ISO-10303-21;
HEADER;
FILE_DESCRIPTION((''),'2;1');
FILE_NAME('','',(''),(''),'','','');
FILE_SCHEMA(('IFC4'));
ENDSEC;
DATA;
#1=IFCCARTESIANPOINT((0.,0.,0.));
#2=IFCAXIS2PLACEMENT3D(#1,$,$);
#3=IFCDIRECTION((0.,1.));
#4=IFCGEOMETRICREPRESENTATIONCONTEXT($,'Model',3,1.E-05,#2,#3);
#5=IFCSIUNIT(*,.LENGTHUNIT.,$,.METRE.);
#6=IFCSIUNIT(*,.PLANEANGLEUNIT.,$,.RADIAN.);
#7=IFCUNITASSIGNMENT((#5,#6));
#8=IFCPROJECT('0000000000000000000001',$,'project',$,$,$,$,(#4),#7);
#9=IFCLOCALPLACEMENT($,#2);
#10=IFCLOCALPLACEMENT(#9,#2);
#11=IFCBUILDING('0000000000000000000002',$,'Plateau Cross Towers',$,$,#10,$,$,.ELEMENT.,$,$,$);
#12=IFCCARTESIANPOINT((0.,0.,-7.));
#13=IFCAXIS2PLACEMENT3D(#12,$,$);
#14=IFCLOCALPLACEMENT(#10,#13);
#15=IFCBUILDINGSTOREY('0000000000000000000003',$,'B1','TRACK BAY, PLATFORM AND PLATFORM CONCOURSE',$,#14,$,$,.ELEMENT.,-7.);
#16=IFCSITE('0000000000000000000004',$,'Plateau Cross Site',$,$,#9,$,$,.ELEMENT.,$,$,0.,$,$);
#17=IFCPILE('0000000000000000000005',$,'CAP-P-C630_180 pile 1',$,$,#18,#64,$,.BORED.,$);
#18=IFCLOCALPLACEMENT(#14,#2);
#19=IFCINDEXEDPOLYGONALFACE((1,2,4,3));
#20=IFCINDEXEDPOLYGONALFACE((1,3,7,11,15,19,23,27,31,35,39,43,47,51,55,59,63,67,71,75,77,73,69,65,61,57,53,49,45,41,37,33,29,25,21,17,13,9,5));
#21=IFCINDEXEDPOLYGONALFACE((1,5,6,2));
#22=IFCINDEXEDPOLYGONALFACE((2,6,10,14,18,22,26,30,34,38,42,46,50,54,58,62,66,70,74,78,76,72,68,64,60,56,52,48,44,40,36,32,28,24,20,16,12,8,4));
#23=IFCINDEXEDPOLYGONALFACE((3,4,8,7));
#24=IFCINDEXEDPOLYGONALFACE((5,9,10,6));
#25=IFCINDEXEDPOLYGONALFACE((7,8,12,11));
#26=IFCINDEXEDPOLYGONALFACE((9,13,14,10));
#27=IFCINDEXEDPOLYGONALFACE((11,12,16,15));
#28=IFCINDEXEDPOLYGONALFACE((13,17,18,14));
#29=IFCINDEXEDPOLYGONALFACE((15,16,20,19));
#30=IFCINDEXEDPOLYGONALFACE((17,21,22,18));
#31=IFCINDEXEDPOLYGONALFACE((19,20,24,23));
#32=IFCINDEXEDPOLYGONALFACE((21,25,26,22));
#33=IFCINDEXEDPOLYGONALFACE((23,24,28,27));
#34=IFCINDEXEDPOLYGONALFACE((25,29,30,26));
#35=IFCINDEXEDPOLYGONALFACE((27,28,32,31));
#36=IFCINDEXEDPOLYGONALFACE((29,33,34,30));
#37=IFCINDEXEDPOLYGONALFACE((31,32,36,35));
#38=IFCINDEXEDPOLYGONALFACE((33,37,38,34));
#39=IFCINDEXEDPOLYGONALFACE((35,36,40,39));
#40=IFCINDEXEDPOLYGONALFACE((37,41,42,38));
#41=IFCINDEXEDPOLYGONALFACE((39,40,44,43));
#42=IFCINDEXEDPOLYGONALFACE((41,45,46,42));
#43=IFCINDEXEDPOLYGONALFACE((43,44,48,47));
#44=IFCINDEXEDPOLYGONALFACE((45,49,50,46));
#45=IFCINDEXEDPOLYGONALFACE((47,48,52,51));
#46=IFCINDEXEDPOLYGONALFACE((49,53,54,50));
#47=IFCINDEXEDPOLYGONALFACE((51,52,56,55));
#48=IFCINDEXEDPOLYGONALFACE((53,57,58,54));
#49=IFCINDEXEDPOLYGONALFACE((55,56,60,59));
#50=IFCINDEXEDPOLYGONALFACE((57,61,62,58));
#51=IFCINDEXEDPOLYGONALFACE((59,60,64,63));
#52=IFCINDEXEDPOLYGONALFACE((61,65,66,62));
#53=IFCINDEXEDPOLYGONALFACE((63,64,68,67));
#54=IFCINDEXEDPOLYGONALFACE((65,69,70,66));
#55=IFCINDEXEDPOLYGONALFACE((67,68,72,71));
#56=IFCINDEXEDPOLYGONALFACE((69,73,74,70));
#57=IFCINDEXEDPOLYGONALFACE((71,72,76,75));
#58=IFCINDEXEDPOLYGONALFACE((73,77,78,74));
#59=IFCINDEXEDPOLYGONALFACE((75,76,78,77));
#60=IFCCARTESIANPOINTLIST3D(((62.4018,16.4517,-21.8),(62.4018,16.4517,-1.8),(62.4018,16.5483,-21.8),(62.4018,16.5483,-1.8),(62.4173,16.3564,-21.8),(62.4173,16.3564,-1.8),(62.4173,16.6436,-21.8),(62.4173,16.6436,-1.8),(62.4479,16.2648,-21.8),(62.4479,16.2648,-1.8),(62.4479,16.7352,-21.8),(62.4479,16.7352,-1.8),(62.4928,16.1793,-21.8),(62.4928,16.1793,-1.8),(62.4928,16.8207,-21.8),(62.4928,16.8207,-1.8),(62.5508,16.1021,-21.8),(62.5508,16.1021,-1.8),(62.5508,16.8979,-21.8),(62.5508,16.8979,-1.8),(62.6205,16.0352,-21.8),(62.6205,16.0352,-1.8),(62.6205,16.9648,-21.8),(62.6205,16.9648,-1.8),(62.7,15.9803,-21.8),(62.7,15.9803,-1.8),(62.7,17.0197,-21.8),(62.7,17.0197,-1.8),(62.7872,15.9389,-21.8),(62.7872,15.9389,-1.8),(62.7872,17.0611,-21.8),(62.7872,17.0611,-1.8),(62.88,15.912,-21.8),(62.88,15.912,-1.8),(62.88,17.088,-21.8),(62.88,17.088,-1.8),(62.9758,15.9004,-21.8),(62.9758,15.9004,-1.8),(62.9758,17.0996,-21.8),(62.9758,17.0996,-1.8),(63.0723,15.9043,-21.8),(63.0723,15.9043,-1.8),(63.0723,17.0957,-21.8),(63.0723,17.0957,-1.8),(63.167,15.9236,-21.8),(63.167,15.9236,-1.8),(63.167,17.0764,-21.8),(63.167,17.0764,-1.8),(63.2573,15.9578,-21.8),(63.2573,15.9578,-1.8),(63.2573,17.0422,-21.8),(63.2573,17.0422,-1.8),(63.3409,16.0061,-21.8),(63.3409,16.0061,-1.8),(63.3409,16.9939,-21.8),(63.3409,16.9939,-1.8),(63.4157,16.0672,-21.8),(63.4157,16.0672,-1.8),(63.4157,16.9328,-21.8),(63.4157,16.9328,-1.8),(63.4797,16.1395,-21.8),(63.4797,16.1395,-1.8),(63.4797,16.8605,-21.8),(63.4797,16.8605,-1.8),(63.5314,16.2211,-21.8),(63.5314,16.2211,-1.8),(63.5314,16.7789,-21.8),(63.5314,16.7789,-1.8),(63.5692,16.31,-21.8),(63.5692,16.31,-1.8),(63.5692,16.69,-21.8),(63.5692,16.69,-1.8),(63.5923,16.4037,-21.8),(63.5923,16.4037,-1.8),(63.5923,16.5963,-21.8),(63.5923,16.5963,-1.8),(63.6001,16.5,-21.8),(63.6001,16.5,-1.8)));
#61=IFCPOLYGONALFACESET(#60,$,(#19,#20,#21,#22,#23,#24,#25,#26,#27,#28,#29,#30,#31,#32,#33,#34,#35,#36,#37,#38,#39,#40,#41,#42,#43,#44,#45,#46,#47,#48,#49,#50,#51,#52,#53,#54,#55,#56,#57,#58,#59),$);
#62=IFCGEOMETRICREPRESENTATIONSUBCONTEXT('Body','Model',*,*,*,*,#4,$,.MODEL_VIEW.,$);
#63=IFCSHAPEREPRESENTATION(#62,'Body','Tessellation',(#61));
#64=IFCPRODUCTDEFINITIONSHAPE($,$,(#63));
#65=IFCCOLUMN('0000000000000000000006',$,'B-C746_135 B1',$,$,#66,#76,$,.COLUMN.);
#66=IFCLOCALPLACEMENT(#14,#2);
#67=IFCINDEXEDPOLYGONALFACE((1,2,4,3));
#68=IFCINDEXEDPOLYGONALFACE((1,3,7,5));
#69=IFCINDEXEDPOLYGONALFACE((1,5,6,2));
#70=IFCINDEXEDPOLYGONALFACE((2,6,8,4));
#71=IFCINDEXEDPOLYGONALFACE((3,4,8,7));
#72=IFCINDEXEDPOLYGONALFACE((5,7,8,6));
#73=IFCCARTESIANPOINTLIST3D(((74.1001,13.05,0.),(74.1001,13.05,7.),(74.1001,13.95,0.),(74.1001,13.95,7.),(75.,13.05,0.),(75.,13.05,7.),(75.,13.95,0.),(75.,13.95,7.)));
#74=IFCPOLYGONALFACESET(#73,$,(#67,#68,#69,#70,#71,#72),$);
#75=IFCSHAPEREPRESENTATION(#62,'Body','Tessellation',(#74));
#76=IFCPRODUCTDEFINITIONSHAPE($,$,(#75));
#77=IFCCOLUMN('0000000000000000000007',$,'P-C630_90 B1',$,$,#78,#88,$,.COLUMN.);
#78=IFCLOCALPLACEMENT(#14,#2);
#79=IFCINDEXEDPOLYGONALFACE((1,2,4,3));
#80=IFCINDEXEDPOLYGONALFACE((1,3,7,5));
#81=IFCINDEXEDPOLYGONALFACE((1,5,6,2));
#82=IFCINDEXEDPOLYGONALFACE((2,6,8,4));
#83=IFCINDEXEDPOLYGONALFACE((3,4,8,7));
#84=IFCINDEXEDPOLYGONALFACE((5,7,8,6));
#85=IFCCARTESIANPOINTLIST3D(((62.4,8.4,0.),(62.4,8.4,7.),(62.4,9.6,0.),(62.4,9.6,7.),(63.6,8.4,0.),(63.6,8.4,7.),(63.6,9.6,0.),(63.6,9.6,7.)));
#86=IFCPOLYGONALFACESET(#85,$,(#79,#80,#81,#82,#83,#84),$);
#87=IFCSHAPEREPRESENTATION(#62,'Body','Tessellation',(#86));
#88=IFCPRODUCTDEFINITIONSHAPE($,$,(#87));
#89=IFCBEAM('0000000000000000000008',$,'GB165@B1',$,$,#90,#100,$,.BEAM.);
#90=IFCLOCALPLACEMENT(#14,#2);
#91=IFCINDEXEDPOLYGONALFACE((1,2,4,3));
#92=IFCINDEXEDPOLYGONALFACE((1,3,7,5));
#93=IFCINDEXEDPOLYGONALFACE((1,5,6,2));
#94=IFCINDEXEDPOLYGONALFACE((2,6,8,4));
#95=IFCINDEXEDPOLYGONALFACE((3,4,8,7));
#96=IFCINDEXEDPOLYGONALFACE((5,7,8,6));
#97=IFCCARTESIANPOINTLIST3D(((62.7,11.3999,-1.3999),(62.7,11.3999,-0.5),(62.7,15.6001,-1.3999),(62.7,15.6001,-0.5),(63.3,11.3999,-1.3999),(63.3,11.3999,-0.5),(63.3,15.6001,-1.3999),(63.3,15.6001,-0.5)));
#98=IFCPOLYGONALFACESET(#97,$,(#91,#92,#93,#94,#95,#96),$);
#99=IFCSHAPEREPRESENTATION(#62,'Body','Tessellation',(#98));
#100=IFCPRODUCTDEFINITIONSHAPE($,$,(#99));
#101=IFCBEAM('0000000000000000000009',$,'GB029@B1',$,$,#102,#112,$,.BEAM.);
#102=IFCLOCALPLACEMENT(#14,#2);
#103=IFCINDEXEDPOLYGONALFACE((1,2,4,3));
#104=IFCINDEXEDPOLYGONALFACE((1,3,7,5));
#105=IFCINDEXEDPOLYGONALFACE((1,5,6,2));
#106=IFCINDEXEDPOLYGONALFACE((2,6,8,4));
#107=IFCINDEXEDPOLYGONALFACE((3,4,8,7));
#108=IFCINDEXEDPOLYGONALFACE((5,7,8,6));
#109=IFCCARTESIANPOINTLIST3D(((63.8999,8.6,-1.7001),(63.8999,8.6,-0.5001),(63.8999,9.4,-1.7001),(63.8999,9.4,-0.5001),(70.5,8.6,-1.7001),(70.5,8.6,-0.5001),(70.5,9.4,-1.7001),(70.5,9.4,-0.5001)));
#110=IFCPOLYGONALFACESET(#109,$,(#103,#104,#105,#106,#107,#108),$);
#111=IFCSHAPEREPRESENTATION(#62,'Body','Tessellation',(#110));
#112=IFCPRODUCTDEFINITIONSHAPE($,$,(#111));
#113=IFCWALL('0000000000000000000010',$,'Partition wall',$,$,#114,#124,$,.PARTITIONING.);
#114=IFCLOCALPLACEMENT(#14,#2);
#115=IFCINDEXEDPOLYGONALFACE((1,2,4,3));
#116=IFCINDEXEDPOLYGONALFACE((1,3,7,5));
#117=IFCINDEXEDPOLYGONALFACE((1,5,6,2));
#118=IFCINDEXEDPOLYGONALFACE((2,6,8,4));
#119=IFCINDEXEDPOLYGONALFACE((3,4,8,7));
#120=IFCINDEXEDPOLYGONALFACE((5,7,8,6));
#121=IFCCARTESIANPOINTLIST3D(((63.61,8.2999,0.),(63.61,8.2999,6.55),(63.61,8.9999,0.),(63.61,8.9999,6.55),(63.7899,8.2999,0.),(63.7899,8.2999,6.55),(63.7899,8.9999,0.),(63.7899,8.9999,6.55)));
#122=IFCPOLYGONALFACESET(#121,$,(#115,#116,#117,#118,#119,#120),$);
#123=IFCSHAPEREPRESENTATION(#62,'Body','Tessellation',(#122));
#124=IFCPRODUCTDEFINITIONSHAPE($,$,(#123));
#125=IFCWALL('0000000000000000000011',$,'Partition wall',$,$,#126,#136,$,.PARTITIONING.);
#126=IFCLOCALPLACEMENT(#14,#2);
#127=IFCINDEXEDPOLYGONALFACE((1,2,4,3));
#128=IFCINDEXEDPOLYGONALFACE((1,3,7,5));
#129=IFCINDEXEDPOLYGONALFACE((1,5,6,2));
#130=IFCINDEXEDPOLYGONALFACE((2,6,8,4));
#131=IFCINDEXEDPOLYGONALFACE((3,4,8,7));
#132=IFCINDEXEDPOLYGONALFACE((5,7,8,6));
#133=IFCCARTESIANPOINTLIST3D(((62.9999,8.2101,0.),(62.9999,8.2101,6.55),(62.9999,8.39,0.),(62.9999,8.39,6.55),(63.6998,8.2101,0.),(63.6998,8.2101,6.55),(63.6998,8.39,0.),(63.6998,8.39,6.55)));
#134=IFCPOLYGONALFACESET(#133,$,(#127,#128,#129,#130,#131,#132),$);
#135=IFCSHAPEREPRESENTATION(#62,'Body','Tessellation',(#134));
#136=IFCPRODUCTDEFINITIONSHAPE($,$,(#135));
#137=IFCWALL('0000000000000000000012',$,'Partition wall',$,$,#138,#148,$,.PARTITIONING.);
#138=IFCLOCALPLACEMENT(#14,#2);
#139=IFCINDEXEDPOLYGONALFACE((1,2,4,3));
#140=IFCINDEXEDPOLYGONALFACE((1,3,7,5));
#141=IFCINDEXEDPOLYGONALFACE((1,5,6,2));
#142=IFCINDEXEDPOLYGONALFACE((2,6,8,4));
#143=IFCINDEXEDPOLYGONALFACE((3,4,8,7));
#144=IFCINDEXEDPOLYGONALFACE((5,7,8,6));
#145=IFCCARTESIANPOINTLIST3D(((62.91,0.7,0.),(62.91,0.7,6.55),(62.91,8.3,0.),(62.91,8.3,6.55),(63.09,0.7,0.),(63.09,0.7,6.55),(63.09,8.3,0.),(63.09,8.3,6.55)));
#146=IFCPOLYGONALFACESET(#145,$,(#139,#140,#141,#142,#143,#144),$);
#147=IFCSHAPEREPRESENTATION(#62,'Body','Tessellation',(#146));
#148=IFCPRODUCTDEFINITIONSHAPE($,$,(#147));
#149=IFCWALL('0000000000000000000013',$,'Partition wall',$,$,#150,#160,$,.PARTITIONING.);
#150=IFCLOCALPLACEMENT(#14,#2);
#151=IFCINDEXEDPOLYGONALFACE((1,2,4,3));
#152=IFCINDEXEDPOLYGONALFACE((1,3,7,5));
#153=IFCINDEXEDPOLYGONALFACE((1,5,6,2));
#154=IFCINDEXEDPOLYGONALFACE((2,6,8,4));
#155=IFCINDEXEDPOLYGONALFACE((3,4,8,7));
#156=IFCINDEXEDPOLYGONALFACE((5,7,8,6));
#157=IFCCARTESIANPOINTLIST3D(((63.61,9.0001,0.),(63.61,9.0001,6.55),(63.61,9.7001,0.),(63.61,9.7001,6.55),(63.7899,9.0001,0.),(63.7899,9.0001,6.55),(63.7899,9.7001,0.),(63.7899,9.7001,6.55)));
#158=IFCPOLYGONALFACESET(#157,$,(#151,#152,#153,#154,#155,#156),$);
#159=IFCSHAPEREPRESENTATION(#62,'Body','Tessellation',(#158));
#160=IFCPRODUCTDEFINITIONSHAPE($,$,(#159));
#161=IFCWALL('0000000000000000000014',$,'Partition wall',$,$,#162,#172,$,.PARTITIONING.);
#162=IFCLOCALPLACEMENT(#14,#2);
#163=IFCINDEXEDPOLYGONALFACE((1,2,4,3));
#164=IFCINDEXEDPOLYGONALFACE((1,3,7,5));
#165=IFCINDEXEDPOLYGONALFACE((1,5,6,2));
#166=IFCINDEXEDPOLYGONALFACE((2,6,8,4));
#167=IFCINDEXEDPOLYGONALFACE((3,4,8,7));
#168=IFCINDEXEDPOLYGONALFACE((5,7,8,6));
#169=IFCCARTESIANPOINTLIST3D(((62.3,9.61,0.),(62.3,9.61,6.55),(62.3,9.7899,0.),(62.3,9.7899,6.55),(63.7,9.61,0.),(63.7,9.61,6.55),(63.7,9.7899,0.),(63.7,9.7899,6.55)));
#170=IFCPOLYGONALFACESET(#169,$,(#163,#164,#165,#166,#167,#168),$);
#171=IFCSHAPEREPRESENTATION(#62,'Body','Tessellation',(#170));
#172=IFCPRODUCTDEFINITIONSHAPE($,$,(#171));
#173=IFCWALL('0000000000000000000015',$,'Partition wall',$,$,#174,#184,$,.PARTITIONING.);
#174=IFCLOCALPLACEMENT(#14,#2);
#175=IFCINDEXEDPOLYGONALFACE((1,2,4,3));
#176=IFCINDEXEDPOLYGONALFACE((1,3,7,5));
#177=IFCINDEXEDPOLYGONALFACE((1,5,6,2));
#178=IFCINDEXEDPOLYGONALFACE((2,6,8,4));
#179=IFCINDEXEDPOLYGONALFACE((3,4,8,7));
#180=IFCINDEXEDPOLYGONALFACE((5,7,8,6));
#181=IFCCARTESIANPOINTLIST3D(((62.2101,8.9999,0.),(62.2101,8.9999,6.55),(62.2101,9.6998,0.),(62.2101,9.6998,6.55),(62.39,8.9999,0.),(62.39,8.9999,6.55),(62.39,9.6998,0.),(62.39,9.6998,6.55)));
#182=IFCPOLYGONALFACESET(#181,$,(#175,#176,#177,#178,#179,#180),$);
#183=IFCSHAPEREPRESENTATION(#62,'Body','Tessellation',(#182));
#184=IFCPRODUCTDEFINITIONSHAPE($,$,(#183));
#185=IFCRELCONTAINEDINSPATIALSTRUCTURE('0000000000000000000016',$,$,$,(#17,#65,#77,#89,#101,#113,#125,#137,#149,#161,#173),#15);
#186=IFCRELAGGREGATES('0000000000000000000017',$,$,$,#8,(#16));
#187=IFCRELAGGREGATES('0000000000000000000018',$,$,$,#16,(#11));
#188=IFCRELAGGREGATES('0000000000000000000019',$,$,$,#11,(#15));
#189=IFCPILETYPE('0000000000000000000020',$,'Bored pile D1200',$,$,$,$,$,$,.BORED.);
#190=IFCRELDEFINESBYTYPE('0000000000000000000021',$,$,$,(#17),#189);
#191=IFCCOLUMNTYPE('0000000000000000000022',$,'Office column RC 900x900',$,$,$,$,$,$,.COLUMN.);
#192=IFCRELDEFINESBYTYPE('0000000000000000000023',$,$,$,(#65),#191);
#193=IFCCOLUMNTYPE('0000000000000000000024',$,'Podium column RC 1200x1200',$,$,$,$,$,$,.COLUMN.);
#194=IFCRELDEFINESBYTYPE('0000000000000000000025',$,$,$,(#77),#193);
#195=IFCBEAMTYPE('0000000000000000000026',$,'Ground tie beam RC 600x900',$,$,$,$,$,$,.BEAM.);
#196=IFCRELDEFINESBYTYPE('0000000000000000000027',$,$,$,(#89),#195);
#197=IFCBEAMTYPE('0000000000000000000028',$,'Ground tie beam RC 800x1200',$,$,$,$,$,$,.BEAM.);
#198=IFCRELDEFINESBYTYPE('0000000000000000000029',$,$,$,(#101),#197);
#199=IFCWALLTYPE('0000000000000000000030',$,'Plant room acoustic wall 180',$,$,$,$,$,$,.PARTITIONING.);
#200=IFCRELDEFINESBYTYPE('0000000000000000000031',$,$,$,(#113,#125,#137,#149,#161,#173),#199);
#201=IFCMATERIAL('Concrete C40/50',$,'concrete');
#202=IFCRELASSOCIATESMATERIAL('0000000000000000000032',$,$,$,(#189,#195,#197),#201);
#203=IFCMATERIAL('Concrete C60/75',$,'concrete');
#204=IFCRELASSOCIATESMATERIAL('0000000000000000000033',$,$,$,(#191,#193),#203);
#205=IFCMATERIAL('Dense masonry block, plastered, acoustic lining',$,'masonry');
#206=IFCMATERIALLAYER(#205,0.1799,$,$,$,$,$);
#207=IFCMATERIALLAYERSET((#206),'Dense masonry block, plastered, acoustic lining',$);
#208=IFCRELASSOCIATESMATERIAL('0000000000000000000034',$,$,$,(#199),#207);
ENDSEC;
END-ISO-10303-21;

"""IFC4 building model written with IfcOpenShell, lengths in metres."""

from ifc_helpers import new_model, si_unit, direction, frame, frame_2d, origin, origin_2d, place, context, subcontext, project, spatial, rectangle, circle, extrude, material, layer, layer_set, material_profile, profile_set, type_object, element, save


model = new_model("IFC4")

# Units and contexts
model_context = context("Model", 3, precision=1e-05, world=origin(), true_north=direction((0.0, 1.0)))
body_context = subcontext(model_context, "Body", "Model", "MODEL_VIEW")
ifc_project = project(units=[si_unit("LENGTHUNIT", "METRE"), si_unit("PLANEANGLEUNIT", "RADIAN")], contexts=[model_context])

# Site, building, storey
site_placement = place(None, origin())
site = spatial("IfcSite", under=ifc_project, at=site_placement, Name="Plateau Cross Site", CompositionType="ELEMENT", RefElevation=0.0)
building_placement = place(site_placement, origin())
building = spatial("IfcBuilding", under=site, at=building_placement, Name="Plateau Cross Towers", CompositionType="ELEMENT")
storey_placement = place(building_placement, frame((0.0, 0.0, -7.0)))
storey = spatial("IfcBuildingStorey", under=building, at=storey_placement, Name="B1", Description="TRACK BAY, PLATFORM AND PLATFORM CONCOURSE", CompositionType="ELEMENT", Elevation=-7.0)

# Pile
ifc_material_1 = material(Name="Concrete C40/50", Category="concrete")
ifc_material_profile_1 = material_profile(ifc_material_1, circle(Radius=0.6001, at=origin_2d()), Name="Bored pile D1200")
ifc_profile_set_1 = profile_set([ifc_material_profile_1], Name="Concrete C40/50")
pile_type = type_object("IfcPileType", Name="Bored pile D1200", PredefinedType="BORED", material=ifc_profile_set_1)
for number, where, z_axis, x_axis, name in (
    (1, (63.0, 16.5, -1.8), (0.0, 0.0, -1.0), (1.0, 0.0, 0.0), "CAP-P-C630_180 pile 1"),
):
    element("IfcPile", number, at=place(storey_placement, frame(where, z_axis=z_axis, x_axis=x_axis)), inside=storey, type_object=pile_type, Name=name, PredefinedType="BORED", context=body_context, shape_type="SweptSolid", body=[
        extrude(circle(Radius=0.6001, at=origin_2d()), origin(), (0.0, 0.0, 1.0), 20.0),
    ])

# Columns
ifc_material_2 = material(Name="Concrete C60/75", Category="concrete")
ifc_material_profile_2 = material_profile(ifc_material_2, rectangle(XDim=0.8999, YDim=0.8999, at=origin_2d()), Name="RC 900x900")
ifc_profile_set_2 = profile_set([ifc_material_profile_2], Name="Concrete C60/75")
column_type_1 = type_object("IfcColumnType", Name="Office column RC 900x900", PredefinedType="COLUMN", material=ifc_profile_set_2)
column_1_placement = place(storey_placement, frame((74.55, 13.5, 0.0), z_axis=(0.0, 0.0, 1.0), x_axis=(1.0, 0.0, 0.0)))
element("IfcColumn", 2, at=column_1_placement, inside=storey, type_object=column_type_1, Name="B-C746_135 B1", PredefinedType="COLUMN", context=body_context, shape_type="SweptSolid", body=[
    extrude(rectangle(XDim=0.8999, YDim=0.8999, at=origin_2d()), origin(), (0.0, 0.0, 1.0), 7.0),
])
ifc_material_profile_3 = material_profile(ifc_material_2, rectangle(XDim=1.2, YDim=1.2, at=origin_2d()), Name="RC 1200x1200")
ifc_profile_set_3 = profile_set([ifc_material_profile_3], Name="Concrete C60/75")
column_type_2 = type_object("IfcColumnType", Name="Podium column RC 1200x1200", PredefinedType="COLUMN", material=ifc_profile_set_3)
column_2_placement = place(storey_placement, frame((63.0, 9.0, 0.0), z_axis=(0.0, 0.0, 1.0), x_axis=(1.0, 0.0, 0.0)))
element("IfcColumn", 3, at=column_2_placement, inside=storey, type_object=column_type_2, Name="P-C630_90 B1", PredefinedType="COLUMN", context=body_context, shape_type="SweptSolid", body=[
    extrude(rectangle(XDim=1.2, YDim=1.2, at=origin_2d()), origin(), (0.0, 0.0, 1.0), 7.0),
])

# Beams
ifc_material_profile_4 = material_profile(ifc_material_1, rectangle(XDim=0.6001, YDim=0.8999, at=origin_2d()), Name="RC 600x900")
ifc_profile_set_4 = profile_set([ifc_material_profile_4], Name="Concrete C40/50")
beam_type_1 = type_object("IfcBeamType", Name="Ground tie beam RC 600x900", PredefinedType="BEAM", material=ifc_profile_set_4)
beam_1_placement = place(storey_placement, frame((63.0, 11.3999, -0.95), z_axis=(0.0, 1.0, 0.0), x_axis=(-1.0, 0.0, 0.0)))
element("IfcBeam", 4, at=beam_1_placement, inside=storey, type_object=beam_type_1, Name="GB165@B1", PredefinedType="BEAM", context=body_context, shape_type="SweptSolid", body=[
    extrude(rectangle(XDim=0.6001, YDim=0.8999, at=origin_2d()), origin(), (0.0, 0.0, 1.0), 4.2002),
])
ifc_material_profile_5 = material_profile(ifc_material_1, rectangle(XDim=0.8, YDim=1.2, at=origin_2d()), Name="RC 800x1200")
ifc_profile_set_5 = profile_set([ifc_material_profile_5], Name="Concrete C40/50")
beam_type_2 = type_object("IfcBeamType", Name="Ground tie beam RC 800x1200", PredefinedType="BEAM", material=ifc_profile_set_5)
beam_2_placement = place(storey_placement, frame((63.8999, 9.0, -1.1001), z_axis=(1.0, 0.0, 0.0), x_axis=(0.0, 1.0, 0.0)))
element("IfcBeam", 5, at=beam_2_placement, inside=storey, type_object=beam_type_2, Name="GB029@B1", PredefinedType="BEAM", context=body_context, shape_type="SweptSolid", body=[
    extrude(rectangle(XDim=0.8, YDim=1.2, at=origin_2d()), origin(), (0.0, 0.0, 1.0), 6.6001),
])

# Walls
ifc_material_3 = material(Name="Dense masonry block, plastered, acoustic lining", Category="masonry")
ifc_layer_1 = layer(ifc_material_3, 0.1799)
ifc_layer_set_1 = layer_set([ifc_layer_1], Name="Dense masonry block, plastered, acoustic lining")
wall_type_1 = type_object("IfcWallType", Name="Plant room acoustic wall 180", PredefinedType="PARTITIONING", material=ifc_layer_set_1)
for number, where, z_axis, x_axis, name in (
    (6, (63.7, 9.0, 0.0), (0.0, 0.0, 1.0), (0.0, -1.0, 0.0), "Partition wall"),
    (7, (63.7, 8.3, 0.0), (0.0, 0.0, 1.0), (-1.0, 0.0, 0.0), "Partition wall"),
):
    element("IfcWall", number, at=place(storey_placement, frame(where, z_axis=z_axis, x_axis=x_axis)), inside=storey, type_object=wall_type_1, Name=name, PredefinedType="PARTITIONING", context=body_context, shape_type="SweptSolid", body=[
        extrude(rectangle(XDim=0.7, YDim=0.1799, at=frame_2d((0.3501, 0.0))), origin(), (0.0, 0.0, 1.0), 6.55),
    ])
wall_1_placement = place(storey_placement, frame((63.0, 8.3, 0.0), z_axis=(0.0, 0.0, 1.0), x_axis=(0.0, -1.0, 0.0)))
element("IfcWall", 8, at=wall_1_placement, inside=storey, type_object=wall_type_1, Name="Partition wall", PredefinedType="PARTITIONING", context=body_context, shape_type="SweptSolid", body=[
    extrude(rectangle(XDim=7.6001, YDim=0.1799, at=frame_2d((3.8, 0.0))), origin(), (0.0, 0.0, 1.0), 6.55),
])
wall_2_placement = place(storey_placement, frame((63.7, 9.0, 0.0), z_axis=(0.0, 0.0, 1.0), x_axis=(0.0, 1.0, 0.0)))
element("IfcWall", 9, at=wall_2_placement, inside=storey, type_object=wall_type_1, Name="Partition wall", PredefinedType="PARTITIONING", context=body_context, shape_type="SweptSolid", body=[
    extrude(rectangle(XDim=0.7, YDim=0.1799, at=frame_2d((0.3501, 0.0))), origin(), (0.0, 0.0, 1.0), 6.55),
])
wall_3_placement = place(storey_placement, frame((63.7, 9.7, 0.0), z_axis=(0.0, 0.0, 1.0), x_axis=(-1.0, 0.0, 0.0)))
element("IfcWall", 10, at=wall_3_placement, inside=storey, type_object=wall_type_1, Name="Partition wall", PredefinedType="PARTITIONING", context=body_context, shape_type="SweptSolid", body=[
    extrude(rectangle(XDim=1.3999, YDim=0.1799, at=frame_2d((0.7, 0.0))), origin(), (0.0, 0.0, 1.0), 6.55),
])
wall_4_placement = place(storey_placement, frame((62.3, 9.7, 0.0), z_axis=(0.0, 0.0, 1.0), x_axis=(0.0, -1.0, 0.0)))
element("IfcWall", 11, at=wall_4_placement, inside=storey, type_object=wall_type_1, Name="Partition wall", PredefinedType="PARTITIONING", context=body_context, shape_type="SweptSolid", body=[
    extrude(rectangle(XDim=0.7, YDim=0.1799, at=frame_2d((0.3501, 0.0))), origin(), (0.0, 0.0, 1.0), 6.55),
])

save(model, "model.ifc")
